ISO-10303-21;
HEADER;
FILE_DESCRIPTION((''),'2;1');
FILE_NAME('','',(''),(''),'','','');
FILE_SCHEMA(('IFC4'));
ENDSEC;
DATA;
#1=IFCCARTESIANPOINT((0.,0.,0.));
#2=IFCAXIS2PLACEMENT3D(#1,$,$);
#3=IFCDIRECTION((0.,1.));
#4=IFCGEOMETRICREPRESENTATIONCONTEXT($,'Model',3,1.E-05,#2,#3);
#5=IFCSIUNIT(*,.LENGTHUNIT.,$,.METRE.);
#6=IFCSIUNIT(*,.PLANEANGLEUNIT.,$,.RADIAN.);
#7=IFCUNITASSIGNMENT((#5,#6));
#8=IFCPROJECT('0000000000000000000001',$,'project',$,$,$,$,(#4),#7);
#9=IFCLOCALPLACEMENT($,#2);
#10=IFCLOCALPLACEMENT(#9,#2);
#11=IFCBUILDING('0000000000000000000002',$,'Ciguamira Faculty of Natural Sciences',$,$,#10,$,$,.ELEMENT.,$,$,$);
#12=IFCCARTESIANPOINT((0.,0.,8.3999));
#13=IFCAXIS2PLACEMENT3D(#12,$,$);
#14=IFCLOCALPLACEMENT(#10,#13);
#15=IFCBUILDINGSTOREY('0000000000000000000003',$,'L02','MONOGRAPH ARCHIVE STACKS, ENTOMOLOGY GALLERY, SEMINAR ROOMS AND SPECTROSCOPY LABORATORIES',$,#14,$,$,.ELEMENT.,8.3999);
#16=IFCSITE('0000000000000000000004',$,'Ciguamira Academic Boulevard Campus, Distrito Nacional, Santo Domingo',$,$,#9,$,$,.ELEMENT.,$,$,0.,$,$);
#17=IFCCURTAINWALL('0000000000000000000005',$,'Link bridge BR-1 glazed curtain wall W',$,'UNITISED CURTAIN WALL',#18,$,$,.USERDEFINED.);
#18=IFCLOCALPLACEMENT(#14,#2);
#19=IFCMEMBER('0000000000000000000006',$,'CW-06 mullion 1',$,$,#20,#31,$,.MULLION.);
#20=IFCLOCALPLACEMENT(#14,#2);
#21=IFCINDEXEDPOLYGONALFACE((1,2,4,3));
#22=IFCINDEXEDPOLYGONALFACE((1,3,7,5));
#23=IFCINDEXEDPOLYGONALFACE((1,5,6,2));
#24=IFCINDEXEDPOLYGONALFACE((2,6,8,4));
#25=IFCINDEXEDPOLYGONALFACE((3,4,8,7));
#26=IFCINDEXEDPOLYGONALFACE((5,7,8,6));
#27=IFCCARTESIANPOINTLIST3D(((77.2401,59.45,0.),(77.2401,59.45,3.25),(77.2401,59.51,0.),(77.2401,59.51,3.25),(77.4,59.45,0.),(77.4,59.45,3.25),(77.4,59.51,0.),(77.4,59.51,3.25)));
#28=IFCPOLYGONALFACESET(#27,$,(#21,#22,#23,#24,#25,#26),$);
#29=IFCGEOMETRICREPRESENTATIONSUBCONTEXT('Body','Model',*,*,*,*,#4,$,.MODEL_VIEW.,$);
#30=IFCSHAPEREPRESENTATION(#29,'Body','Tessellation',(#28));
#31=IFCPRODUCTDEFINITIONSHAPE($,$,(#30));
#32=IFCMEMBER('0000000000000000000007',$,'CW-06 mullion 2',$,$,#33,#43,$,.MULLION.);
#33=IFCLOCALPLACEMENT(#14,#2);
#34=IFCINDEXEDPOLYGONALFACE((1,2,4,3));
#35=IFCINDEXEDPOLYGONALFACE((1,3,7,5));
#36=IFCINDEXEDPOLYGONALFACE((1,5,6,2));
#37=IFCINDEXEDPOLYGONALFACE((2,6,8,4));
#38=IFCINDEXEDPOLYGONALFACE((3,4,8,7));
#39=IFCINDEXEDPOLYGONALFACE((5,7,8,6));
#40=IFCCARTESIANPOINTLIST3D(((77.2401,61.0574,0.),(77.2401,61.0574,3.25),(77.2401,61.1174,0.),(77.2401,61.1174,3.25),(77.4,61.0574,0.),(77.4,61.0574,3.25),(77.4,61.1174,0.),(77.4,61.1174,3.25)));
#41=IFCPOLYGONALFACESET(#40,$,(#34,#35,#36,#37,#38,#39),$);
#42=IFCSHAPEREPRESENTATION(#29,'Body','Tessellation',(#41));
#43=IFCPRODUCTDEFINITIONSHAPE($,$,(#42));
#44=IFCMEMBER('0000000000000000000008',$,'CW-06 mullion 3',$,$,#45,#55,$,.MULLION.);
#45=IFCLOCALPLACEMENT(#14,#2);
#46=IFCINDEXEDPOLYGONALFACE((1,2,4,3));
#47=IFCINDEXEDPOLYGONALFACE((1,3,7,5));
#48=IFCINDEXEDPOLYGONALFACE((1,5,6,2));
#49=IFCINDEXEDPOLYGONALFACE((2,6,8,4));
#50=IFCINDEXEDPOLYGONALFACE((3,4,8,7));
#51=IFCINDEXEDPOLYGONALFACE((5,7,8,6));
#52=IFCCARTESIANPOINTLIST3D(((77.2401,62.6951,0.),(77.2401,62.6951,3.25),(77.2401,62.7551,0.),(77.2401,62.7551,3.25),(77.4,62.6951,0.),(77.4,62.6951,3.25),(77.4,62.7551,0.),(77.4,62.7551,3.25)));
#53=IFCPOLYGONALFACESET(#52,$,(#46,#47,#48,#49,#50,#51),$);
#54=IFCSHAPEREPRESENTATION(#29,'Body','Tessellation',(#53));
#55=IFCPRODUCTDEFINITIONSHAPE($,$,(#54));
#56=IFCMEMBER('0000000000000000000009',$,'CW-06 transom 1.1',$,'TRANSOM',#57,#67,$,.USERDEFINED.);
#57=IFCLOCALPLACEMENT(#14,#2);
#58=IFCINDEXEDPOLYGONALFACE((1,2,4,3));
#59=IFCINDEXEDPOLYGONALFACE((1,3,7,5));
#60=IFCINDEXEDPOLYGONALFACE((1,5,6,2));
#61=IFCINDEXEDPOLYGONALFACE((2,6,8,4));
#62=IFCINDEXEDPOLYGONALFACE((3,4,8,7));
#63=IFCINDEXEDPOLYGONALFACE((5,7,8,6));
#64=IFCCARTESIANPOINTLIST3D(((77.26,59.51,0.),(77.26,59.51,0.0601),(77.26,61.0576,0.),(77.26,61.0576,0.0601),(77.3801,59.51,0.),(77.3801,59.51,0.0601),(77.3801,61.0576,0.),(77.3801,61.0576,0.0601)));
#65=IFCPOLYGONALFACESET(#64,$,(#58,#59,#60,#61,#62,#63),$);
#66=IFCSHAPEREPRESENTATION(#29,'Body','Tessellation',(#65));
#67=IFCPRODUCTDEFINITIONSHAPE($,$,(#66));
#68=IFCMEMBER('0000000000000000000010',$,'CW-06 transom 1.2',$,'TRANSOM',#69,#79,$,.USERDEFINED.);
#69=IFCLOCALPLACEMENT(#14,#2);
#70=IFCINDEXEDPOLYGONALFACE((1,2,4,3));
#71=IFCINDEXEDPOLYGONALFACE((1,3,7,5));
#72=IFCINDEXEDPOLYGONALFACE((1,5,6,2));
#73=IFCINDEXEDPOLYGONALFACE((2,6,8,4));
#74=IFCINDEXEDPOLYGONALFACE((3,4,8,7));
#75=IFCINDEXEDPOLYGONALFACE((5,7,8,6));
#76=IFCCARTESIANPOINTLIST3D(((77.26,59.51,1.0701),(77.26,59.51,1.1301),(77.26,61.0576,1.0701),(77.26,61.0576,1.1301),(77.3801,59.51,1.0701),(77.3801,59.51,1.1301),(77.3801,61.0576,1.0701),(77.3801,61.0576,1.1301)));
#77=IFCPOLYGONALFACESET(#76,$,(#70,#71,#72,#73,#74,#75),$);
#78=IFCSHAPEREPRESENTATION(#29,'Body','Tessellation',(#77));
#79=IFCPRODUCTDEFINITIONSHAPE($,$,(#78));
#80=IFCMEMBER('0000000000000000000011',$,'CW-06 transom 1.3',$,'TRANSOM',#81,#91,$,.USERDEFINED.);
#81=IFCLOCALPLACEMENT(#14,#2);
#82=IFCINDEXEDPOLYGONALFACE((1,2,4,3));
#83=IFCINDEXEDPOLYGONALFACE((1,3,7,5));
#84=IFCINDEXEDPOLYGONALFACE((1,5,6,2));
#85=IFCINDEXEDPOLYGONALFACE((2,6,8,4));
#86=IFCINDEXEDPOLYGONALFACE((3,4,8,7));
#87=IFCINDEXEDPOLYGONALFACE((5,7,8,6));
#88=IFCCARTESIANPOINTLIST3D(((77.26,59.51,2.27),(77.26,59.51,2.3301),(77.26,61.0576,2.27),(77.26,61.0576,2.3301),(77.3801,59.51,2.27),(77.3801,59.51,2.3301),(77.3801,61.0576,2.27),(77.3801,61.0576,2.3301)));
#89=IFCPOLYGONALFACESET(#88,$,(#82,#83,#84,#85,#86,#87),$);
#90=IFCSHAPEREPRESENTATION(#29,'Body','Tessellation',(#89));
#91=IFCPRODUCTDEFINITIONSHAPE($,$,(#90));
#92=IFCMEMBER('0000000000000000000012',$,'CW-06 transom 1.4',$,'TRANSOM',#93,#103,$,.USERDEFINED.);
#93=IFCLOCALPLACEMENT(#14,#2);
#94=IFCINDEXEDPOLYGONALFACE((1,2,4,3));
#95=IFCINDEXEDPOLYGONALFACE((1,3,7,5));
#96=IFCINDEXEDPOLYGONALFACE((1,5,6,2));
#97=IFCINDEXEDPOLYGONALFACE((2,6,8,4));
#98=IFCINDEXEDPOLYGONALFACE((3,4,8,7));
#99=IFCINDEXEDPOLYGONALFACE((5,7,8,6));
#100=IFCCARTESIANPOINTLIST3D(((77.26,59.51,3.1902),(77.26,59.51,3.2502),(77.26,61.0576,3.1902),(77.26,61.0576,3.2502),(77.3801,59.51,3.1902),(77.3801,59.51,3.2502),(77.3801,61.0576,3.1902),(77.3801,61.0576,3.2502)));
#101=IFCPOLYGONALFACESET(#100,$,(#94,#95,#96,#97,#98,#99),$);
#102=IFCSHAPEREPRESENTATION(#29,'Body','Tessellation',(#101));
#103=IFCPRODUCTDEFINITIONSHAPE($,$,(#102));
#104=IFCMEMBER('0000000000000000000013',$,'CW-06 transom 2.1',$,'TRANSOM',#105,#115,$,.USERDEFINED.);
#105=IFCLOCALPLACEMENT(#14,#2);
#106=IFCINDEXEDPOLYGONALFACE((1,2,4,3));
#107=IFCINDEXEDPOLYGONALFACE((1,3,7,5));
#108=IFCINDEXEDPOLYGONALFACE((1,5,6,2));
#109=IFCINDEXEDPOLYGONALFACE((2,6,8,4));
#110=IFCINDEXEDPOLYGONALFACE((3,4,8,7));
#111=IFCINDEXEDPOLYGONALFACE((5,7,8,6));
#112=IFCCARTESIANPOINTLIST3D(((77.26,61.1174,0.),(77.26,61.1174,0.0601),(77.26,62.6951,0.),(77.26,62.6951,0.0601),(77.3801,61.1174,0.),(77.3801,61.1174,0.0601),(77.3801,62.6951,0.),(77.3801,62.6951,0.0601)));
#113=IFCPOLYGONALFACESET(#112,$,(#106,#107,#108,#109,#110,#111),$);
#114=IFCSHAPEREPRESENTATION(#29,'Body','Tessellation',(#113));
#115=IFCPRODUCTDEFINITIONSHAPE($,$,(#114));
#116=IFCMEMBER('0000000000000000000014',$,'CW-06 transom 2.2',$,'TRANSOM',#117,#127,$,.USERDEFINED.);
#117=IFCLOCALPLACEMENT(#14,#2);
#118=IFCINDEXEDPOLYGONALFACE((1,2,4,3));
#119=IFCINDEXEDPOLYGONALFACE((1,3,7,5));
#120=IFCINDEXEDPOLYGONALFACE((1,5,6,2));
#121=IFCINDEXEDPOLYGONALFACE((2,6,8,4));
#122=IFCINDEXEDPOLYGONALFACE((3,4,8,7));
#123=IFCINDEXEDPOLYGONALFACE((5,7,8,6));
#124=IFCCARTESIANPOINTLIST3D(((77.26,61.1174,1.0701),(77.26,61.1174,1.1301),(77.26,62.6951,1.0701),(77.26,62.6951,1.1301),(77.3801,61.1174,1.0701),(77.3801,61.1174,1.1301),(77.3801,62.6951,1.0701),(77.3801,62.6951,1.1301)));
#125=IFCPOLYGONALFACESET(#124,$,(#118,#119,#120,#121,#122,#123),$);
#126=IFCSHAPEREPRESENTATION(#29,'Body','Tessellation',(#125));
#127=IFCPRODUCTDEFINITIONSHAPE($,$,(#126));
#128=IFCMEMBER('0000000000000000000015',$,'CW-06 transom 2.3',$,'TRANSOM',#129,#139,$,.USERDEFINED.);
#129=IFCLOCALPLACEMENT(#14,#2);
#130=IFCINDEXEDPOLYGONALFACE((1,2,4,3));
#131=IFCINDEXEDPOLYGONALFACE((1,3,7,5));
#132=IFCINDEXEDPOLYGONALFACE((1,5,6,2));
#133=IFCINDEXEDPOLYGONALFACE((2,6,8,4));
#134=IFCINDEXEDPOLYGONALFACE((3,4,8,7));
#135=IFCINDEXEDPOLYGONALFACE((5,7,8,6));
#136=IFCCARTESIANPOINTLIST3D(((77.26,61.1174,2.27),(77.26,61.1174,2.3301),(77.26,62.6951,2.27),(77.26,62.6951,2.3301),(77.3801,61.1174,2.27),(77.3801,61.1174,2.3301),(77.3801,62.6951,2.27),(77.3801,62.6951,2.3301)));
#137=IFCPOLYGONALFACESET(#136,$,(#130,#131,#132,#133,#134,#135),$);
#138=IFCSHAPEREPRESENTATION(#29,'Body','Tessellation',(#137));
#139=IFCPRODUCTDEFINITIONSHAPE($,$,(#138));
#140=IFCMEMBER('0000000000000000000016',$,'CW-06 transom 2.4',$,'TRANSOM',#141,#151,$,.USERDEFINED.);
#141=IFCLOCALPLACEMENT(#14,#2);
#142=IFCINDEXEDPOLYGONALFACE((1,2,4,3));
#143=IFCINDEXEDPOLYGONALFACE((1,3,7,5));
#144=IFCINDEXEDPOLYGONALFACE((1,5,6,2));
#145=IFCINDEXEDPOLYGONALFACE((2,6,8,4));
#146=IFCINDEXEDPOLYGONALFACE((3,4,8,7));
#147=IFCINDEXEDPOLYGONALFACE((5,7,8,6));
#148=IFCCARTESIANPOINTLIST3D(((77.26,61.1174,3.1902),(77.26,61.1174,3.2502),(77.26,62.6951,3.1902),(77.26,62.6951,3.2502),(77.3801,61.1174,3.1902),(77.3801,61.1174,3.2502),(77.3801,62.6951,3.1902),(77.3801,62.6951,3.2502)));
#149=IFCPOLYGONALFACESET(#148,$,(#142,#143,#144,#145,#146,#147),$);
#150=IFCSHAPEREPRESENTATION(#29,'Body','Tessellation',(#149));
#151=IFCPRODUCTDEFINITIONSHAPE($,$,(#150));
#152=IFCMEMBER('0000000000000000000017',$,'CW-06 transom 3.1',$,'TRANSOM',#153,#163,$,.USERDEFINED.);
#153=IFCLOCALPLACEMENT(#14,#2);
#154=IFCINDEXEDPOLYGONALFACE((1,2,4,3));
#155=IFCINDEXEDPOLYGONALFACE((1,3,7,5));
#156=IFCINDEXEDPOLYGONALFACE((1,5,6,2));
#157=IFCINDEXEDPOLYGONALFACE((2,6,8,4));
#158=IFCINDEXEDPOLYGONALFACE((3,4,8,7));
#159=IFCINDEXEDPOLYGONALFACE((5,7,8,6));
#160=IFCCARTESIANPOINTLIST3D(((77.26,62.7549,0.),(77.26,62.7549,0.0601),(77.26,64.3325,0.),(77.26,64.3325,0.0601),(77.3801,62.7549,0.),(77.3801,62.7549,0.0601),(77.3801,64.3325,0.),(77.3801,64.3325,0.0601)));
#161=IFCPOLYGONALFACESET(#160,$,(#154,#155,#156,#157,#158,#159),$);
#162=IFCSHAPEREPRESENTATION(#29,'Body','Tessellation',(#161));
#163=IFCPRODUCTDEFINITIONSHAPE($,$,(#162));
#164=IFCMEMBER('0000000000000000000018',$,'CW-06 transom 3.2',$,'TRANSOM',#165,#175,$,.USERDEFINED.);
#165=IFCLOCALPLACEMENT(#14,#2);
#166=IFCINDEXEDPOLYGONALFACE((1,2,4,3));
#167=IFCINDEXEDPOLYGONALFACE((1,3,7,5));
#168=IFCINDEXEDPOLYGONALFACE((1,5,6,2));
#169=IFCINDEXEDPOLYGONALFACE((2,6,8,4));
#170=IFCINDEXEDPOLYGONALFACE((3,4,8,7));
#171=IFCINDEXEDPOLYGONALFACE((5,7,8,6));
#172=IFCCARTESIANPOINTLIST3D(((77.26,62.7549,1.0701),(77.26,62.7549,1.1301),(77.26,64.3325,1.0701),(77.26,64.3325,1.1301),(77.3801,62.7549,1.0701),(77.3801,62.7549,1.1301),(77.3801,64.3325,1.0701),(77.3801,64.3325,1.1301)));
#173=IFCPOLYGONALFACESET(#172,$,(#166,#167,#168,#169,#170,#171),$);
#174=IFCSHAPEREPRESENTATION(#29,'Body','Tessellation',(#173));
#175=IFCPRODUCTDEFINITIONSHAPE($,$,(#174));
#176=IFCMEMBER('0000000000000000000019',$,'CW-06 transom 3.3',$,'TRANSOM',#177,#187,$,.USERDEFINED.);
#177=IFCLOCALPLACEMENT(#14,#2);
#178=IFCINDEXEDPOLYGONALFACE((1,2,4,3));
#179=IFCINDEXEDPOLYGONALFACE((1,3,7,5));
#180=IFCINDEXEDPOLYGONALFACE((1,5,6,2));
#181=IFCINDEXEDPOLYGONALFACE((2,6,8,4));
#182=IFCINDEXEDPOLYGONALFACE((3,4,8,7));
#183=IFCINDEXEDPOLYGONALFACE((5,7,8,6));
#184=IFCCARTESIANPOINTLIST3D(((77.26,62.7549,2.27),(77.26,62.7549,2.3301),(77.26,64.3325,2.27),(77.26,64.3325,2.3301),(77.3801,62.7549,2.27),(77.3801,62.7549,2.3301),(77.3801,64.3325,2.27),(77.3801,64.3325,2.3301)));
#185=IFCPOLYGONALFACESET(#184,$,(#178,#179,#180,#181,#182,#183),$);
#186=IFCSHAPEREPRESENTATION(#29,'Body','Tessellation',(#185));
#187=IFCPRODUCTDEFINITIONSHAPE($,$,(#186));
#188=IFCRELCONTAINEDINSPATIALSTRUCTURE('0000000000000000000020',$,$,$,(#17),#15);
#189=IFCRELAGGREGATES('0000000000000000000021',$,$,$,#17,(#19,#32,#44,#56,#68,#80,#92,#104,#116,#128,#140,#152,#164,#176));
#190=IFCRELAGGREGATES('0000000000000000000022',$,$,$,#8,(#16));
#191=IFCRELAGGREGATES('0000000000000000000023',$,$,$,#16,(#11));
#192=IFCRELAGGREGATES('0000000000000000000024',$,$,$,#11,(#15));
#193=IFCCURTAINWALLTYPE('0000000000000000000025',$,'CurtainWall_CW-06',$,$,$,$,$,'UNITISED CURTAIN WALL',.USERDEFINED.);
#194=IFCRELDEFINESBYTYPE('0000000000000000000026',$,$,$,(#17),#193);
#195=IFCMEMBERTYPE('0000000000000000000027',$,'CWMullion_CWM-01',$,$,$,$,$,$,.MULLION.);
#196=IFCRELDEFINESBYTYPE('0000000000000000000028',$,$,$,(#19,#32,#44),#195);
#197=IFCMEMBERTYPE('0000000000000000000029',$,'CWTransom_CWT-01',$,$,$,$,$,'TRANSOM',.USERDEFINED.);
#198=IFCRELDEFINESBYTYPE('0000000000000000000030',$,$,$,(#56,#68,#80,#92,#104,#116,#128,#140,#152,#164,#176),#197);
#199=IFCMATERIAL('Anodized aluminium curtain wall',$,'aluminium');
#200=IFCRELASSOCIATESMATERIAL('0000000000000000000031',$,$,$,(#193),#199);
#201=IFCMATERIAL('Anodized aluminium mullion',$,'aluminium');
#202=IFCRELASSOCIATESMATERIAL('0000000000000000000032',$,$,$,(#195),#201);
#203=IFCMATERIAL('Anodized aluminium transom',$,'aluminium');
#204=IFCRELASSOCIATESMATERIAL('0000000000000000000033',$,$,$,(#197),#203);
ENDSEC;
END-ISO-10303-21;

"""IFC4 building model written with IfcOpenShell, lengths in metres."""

from ifc_helpers import new_model, si_unit, direction, frame, origin, origin_2d, place, context, subcontext, project, spatial, rectangle, extrude, material, material_profile, profile_set, type_object, element, aggregate, save


model = new_model("IFC4")

# Units and contexts
model_context = context("Model", 3, precision=1e-05, world=origin(), true_north=direction((0.0, 1.0)))
body_context = subcontext(model_context, "Body", "Model", "MODEL_VIEW")
ifc_project = project(units=[si_unit("LENGTHUNIT", "METRE"), si_unit("PLANEANGLEUNIT", "RADIAN")], contexts=[model_context])

# Site, building, storey
site_placement = place(None, origin())
site = spatial("IfcSite", under=ifc_project, at=site_placement, Name="Ciguamira Academic Boulevard Campus, Distrito Nacional, Santo Domingo", CompositionType="ELEMENT", RefElevation=0.0)
building_placement = place(site_placement, origin())
building = spatial("IfcBuilding", under=site, at=building_placement, Name="Ciguamira Faculty of Natural Sciences", CompositionType="ELEMENT")
storey_placement = place(building_placement, frame((0.0, 0.0, 8.3999)))
storey = spatial("IfcBuildingStorey", under=building, at=storey_placement, Name="L02", Description="MONOGRAPH ARCHIVE STACKS, ENTOMOLOGY GALLERY, SEMINAR ROOMS AND SPECTROSCOPY LABORATORIES", CompositionType="ELEMENT", Elevation=8.3999)

# Curtain wall, members
ifc_material_1 = material(Name="Anodized aluminium curtain wall", Category="aluminium")
curtain_wall_type = type_object("IfcCurtainWallType", Name="CurtainWall_CW-06", ElementType="UNITISED CURTAIN WALL", PredefinedType="USERDEFINED", material=ifc_material_1)
curtain_wall_placement = place(storey_placement, origin())
curtain_wall = element("IfcCurtainWall", 1, at=curtain_wall_placement, inside=storey, type_object=curtain_wall_type, Name="Link bridge BR-1 glazed curtain wall W", ObjectType="UNITISED CURTAIN WALL", PredefinedType="USERDEFINED")
ifc_material_2 = material(Name="Anodized aluminium mullion", Category="aluminium")
ifc_material_profile_1 = material_profile(ifc_material_2, rectangle(XDim=0.0601, YDim=0.1599, at=origin_2d()), Name="ALU-MUL-60X160")
ifc_profile_set_1 = profile_set([ifc_material_profile_1], Name="Anodized aluminium mullion")
member_type_1 = type_object("IfcMemberType", Name="CWMullion_CWM-01", PredefinedType="MULLION", material=ifc_profile_set_1)
member_1_placement = place(storey_placement, frame((77.3201, 59.48, 0.0), z_axis=(0.0, 0.0, 1.0), x_axis=(0.0, 1.0, 0.0)))
member_1 = element("IfcMember", 2, at=member_1_placement, type_object=member_type_1, Name="CW-06 mullion 1", PredefinedType="MULLION", context=body_context, shape_type="SweptSolid", body=[
    extrude(rectangle(XDim=0.0601, YDim=0.1599, at=origin_2d()), origin(), (0.0, 0.0, 1.0), 3.25),
])
member_2_placement = place(storey_placement, frame((77.3201, 61.0874, 0.0), z_axis=(0.0, 0.0, 1.0), x_axis=(0.0, 1.0, 0.0)))
member_2 = element("IfcMember", 3, at=member_2_placement, type_object=member_type_1, Name="CW-06 mullion 2", PredefinedType="MULLION", context=body_context, shape_type="SweptSolid", body=[
    extrude(rectangle(XDim=0.0601, YDim=0.1599, at=origin_2d()), origin(), (0.0, 0.0, 1.0), 3.25),
])
member_3_placement = place(storey_placement, frame((77.3201, 62.7251, 0.0), z_axis=(0.0, 0.0, 1.0), x_axis=(0.0, 1.0, 0.0)))
member_3 = element("IfcMember", 4, at=member_3_placement, type_object=member_type_1, Name="CW-06 mullion 3", PredefinedType="MULLION", context=body_context, shape_type="SweptSolid", body=[
    extrude(rectangle(XDim=0.0601, YDim=0.1599, at=origin_2d()), origin(), (0.0, 0.0, 1.0), 3.25),
])
ifc_material_3 = material(Name="Anodized aluminium transom", Category="aluminium")
ifc_material_profile_2 = material_profile(ifc_material_3, rectangle(XDim=0.0601, YDim=0.1201, at=origin_2d()), Name="ALU-TRN-60X120")
ifc_profile_set_2 = profile_set([ifc_material_profile_2], Name="Anodized aluminium transom")
member_type_2 = type_object("IfcMemberType", Name="CWTransom_CWT-01", ElementType="TRANSOM", PredefinedType="USERDEFINED", material=ifc_profile_set_2)
member_4_placement = place(storey_placement, frame((77.3201, 59.51, 0.03), z_axis=(0.0, 1.0, 0.0), x_axis=(0.0, 0.0, 1.0)))
member_4 = element("IfcMember", 5, at=member_4_placement, type_object=member_type_2, Name="CW-06 transom 1.1", ObjectType="TRANSOM", PredefinedType="USERDEFINED", context=body_context, shape_type="SweptSolid", body=[
    extrude(rectangle(XDim=0.0601, YDim=0.1201, at=origin_2d()), origin(), (0.0, 0.0, 1.0), 1.5476),
])
member_5_placement = place(storey_placement, frame((77.3201, 59.51, 1.1001), z_axis=(0.0, 1.0, 0.0), x_axis=(0.0, 0.0, 1.0)))
member_5 = element("IfcMember", 6, at=member_5_placement, type_object=member_type_2, Name="CW-06 transom 1.2", ObjectType="TRANSOM", PredefinedType="USERDEFINED", context=body_context, shape_type="SweptSolid", body=[
    extrude(rectangle(XDim=0.0601, YDim=0.1201, at=origin_2d()), origin(), (0.0, 0.0, 1.0), 1.5476),
])
member_6_placement = place(storey_placement, frame((77.3201, 59.51, 2.3), z_axis=(0.0, 1.0, 0.0), x_axis=(0.0, 0.0, 1.0)))
member_6 = element("IfcMember", 7, at=member_6_placement, type_object=member_type_2, Name="CW-06 transom 1.3", ObjectType="TRANSOM", PredefinedType="USERDEFINED", context=body_context, shape_type="SweptSolid", body=[
    extrude(rectangle(XDim=0.0601, YDim=0.1201, at=origin_2d()), origin(), (0.0, 0.0, 1.0), 1.5476),
])
member_7_placement = place(storey_placement, frame((77.3201, 59.51, 3.2202), z_axis=(0.0, 1.0, 0.0), x_axis=(0.0, 0.0, 1.0)))
member_7 = element("IfcMember", 8, at=member_7_placement, type_object=member_type_2, Name="CW-06 transom 1.4", ObjectType="TRANSOM", PredefinedType="USERDEFINED", context=body_context, shape_type="SweptSolid", body=[
    extrude(rectangle(XDim=0.0601, YDim=0.1201, at=origin_2d()), origin(), (0.0, 0.0, 1.0), 1.5476),
])
member_8_placement = place(storey_placement, frame((77.3201, 61.1174, 0.03), z_axis=(0.0, 1.0, 0.0), x_axis=(0.0, 0.0, 1.0)))
member_8 = element("IfcMember", 9, at=member_8_placement, type_object=member_type_2, Name="CW-06 transom 2.1", ObjectType="TRANSOM", PredefinedType="USERDEFINED", context=body_context, shape_type="SweptSolid", body=[
    extrude(rectangle(XDim=0.0601, YDim=0.1201, at=origin_2d()), origin(), (0.0, 0.0, 1.0), 1.5776),
])
member_9_placement = place(storey_placement, frame((77.3201, 61.1174, 1.1001), z_axis=(0.0, 1.0, 0.0), x_axis=(0.0, 0.0, 1.0)))
member_9 = element("IfcMember", 10, at=member_9_placement, type_object=member_type_2, Name="CW-06 transom 2.2", ObjectType="TRANSOM", PredefinedType="USERDEFINED", context=body_context, shape_type="SweptSolid", body=[
    extrude(rectangle(XDim=0.0601, YDim=0.1201, at=origin_2d()), origin(), (0.0, 0.0, 1.0), 1.5776),
])
member_10_placement = place(storey_placement, frame((77.3201, 61.1174, 2.3), z_axis=(0.0, 1.0, 0.0), x_axis=(0.0, 0.0, 1.0)))
member_10 = element("IfcMember", 11, at=member_10_placement, type_object=member_type_2, Name="CW-06 transom 2.3", ObjectType="TRANSOM", PredefinedType="USERDEFINED", context=body_context, shape_type="SweptSolid", body=[
    extrude(rectangle(XDim=0.0601, YDim=0.1201, at=origin_2d()), origin(), (0.0, 0.0, 1.0), 1.5776),
])
member_11_placement = place(storey_placement, frame((77.3201, 61.1174, 3.2202), z_axis=(0.0, 1.0, 0.0), x_axis=(0.0, 0.0, 1.0)))
member_11 = element("IfcMember", 12, at=member_11_placement, type_object=member_type_2, Name="CW-06 transom 2.4", ObjectType="TRANSOM", PredefinedType="USERDEFINED", context=body_context, shape_type="SweptSolid", body=[
    extrude(rectangle(XDim=0.0601, YDim=0.1201, at=origin_2d()), origin(), (0.0, 0.0, 1.0), 1.5776),
])
member_12_placement = place(storey_placement, frame((77.3201, 62.7549, 0.03), z_axis=(0.0, 1.0, 0.0), x_axis=(0.0, 0.0, 1.0)))
member_12 = element("IfcMember", 13, at=member_12_placement, type_object=member_type_2, Name="CW-06 transom 3.1", ObjectType="TRANSOM", PredefinedType="USERDEFINED", context=body_context, shape_type="SweptSolid", body=[
    extrude(rectangle(XDim=0.0601, YDim=0.1201, at=origin_2d()), origin(), (0.0, 0.0, 1.0), 1.5776),
])
member_13_placement = place(storey_placement, frame((77.3201, 62.7549, 1.1001), z_axis=(0.0, 1.0, 0.0), x_axis=(0.0, 0.0, 1.0)))
member_13 = element("IfcMember", 14, at=member_13_placement, type_object=member_type_2, Name="CW-06 transom 3.2", ObjectType="TRANSOM", PredefinedType="USERDEFINED", context=body_context, shape_type="SweptSolid", body=[
    extrude(rectangle(XDim=0.0601, YDim=0.1201, at=origin_2d()), origin(), (0.0, 0.0, 1.0), 1.5776),
])
member_14_placement = place(storey_placement, frame((77.3201, 62.7549, 2.3), z_axis=(0.0, 1.0, 0.0), x_axis=(0.0, 0.0, 1.0)))
member_14 = element("IfcMember", 15, at=member_14_placement, type_object=member_type_2, Name="CW-06 transom 3.3", ObjectType="TRANSOM", PredefinedType="USERDEFINED", context=body_context, shape_type="SweptSolid", body=[
    extrude(rectangle(XDim=0.0601, YDim=0.1201, at=origin_2d()), origin(), (0.0, 0.0, 1.0), 1.5776),
])

aggregate(curtain_wall, [member_1, member_2, member_3, member_4, member_5, member_6, member_7, member_8, member_9, member_10, member_11, member_12, member_13, member_14])

save(model, "model.ifc")
